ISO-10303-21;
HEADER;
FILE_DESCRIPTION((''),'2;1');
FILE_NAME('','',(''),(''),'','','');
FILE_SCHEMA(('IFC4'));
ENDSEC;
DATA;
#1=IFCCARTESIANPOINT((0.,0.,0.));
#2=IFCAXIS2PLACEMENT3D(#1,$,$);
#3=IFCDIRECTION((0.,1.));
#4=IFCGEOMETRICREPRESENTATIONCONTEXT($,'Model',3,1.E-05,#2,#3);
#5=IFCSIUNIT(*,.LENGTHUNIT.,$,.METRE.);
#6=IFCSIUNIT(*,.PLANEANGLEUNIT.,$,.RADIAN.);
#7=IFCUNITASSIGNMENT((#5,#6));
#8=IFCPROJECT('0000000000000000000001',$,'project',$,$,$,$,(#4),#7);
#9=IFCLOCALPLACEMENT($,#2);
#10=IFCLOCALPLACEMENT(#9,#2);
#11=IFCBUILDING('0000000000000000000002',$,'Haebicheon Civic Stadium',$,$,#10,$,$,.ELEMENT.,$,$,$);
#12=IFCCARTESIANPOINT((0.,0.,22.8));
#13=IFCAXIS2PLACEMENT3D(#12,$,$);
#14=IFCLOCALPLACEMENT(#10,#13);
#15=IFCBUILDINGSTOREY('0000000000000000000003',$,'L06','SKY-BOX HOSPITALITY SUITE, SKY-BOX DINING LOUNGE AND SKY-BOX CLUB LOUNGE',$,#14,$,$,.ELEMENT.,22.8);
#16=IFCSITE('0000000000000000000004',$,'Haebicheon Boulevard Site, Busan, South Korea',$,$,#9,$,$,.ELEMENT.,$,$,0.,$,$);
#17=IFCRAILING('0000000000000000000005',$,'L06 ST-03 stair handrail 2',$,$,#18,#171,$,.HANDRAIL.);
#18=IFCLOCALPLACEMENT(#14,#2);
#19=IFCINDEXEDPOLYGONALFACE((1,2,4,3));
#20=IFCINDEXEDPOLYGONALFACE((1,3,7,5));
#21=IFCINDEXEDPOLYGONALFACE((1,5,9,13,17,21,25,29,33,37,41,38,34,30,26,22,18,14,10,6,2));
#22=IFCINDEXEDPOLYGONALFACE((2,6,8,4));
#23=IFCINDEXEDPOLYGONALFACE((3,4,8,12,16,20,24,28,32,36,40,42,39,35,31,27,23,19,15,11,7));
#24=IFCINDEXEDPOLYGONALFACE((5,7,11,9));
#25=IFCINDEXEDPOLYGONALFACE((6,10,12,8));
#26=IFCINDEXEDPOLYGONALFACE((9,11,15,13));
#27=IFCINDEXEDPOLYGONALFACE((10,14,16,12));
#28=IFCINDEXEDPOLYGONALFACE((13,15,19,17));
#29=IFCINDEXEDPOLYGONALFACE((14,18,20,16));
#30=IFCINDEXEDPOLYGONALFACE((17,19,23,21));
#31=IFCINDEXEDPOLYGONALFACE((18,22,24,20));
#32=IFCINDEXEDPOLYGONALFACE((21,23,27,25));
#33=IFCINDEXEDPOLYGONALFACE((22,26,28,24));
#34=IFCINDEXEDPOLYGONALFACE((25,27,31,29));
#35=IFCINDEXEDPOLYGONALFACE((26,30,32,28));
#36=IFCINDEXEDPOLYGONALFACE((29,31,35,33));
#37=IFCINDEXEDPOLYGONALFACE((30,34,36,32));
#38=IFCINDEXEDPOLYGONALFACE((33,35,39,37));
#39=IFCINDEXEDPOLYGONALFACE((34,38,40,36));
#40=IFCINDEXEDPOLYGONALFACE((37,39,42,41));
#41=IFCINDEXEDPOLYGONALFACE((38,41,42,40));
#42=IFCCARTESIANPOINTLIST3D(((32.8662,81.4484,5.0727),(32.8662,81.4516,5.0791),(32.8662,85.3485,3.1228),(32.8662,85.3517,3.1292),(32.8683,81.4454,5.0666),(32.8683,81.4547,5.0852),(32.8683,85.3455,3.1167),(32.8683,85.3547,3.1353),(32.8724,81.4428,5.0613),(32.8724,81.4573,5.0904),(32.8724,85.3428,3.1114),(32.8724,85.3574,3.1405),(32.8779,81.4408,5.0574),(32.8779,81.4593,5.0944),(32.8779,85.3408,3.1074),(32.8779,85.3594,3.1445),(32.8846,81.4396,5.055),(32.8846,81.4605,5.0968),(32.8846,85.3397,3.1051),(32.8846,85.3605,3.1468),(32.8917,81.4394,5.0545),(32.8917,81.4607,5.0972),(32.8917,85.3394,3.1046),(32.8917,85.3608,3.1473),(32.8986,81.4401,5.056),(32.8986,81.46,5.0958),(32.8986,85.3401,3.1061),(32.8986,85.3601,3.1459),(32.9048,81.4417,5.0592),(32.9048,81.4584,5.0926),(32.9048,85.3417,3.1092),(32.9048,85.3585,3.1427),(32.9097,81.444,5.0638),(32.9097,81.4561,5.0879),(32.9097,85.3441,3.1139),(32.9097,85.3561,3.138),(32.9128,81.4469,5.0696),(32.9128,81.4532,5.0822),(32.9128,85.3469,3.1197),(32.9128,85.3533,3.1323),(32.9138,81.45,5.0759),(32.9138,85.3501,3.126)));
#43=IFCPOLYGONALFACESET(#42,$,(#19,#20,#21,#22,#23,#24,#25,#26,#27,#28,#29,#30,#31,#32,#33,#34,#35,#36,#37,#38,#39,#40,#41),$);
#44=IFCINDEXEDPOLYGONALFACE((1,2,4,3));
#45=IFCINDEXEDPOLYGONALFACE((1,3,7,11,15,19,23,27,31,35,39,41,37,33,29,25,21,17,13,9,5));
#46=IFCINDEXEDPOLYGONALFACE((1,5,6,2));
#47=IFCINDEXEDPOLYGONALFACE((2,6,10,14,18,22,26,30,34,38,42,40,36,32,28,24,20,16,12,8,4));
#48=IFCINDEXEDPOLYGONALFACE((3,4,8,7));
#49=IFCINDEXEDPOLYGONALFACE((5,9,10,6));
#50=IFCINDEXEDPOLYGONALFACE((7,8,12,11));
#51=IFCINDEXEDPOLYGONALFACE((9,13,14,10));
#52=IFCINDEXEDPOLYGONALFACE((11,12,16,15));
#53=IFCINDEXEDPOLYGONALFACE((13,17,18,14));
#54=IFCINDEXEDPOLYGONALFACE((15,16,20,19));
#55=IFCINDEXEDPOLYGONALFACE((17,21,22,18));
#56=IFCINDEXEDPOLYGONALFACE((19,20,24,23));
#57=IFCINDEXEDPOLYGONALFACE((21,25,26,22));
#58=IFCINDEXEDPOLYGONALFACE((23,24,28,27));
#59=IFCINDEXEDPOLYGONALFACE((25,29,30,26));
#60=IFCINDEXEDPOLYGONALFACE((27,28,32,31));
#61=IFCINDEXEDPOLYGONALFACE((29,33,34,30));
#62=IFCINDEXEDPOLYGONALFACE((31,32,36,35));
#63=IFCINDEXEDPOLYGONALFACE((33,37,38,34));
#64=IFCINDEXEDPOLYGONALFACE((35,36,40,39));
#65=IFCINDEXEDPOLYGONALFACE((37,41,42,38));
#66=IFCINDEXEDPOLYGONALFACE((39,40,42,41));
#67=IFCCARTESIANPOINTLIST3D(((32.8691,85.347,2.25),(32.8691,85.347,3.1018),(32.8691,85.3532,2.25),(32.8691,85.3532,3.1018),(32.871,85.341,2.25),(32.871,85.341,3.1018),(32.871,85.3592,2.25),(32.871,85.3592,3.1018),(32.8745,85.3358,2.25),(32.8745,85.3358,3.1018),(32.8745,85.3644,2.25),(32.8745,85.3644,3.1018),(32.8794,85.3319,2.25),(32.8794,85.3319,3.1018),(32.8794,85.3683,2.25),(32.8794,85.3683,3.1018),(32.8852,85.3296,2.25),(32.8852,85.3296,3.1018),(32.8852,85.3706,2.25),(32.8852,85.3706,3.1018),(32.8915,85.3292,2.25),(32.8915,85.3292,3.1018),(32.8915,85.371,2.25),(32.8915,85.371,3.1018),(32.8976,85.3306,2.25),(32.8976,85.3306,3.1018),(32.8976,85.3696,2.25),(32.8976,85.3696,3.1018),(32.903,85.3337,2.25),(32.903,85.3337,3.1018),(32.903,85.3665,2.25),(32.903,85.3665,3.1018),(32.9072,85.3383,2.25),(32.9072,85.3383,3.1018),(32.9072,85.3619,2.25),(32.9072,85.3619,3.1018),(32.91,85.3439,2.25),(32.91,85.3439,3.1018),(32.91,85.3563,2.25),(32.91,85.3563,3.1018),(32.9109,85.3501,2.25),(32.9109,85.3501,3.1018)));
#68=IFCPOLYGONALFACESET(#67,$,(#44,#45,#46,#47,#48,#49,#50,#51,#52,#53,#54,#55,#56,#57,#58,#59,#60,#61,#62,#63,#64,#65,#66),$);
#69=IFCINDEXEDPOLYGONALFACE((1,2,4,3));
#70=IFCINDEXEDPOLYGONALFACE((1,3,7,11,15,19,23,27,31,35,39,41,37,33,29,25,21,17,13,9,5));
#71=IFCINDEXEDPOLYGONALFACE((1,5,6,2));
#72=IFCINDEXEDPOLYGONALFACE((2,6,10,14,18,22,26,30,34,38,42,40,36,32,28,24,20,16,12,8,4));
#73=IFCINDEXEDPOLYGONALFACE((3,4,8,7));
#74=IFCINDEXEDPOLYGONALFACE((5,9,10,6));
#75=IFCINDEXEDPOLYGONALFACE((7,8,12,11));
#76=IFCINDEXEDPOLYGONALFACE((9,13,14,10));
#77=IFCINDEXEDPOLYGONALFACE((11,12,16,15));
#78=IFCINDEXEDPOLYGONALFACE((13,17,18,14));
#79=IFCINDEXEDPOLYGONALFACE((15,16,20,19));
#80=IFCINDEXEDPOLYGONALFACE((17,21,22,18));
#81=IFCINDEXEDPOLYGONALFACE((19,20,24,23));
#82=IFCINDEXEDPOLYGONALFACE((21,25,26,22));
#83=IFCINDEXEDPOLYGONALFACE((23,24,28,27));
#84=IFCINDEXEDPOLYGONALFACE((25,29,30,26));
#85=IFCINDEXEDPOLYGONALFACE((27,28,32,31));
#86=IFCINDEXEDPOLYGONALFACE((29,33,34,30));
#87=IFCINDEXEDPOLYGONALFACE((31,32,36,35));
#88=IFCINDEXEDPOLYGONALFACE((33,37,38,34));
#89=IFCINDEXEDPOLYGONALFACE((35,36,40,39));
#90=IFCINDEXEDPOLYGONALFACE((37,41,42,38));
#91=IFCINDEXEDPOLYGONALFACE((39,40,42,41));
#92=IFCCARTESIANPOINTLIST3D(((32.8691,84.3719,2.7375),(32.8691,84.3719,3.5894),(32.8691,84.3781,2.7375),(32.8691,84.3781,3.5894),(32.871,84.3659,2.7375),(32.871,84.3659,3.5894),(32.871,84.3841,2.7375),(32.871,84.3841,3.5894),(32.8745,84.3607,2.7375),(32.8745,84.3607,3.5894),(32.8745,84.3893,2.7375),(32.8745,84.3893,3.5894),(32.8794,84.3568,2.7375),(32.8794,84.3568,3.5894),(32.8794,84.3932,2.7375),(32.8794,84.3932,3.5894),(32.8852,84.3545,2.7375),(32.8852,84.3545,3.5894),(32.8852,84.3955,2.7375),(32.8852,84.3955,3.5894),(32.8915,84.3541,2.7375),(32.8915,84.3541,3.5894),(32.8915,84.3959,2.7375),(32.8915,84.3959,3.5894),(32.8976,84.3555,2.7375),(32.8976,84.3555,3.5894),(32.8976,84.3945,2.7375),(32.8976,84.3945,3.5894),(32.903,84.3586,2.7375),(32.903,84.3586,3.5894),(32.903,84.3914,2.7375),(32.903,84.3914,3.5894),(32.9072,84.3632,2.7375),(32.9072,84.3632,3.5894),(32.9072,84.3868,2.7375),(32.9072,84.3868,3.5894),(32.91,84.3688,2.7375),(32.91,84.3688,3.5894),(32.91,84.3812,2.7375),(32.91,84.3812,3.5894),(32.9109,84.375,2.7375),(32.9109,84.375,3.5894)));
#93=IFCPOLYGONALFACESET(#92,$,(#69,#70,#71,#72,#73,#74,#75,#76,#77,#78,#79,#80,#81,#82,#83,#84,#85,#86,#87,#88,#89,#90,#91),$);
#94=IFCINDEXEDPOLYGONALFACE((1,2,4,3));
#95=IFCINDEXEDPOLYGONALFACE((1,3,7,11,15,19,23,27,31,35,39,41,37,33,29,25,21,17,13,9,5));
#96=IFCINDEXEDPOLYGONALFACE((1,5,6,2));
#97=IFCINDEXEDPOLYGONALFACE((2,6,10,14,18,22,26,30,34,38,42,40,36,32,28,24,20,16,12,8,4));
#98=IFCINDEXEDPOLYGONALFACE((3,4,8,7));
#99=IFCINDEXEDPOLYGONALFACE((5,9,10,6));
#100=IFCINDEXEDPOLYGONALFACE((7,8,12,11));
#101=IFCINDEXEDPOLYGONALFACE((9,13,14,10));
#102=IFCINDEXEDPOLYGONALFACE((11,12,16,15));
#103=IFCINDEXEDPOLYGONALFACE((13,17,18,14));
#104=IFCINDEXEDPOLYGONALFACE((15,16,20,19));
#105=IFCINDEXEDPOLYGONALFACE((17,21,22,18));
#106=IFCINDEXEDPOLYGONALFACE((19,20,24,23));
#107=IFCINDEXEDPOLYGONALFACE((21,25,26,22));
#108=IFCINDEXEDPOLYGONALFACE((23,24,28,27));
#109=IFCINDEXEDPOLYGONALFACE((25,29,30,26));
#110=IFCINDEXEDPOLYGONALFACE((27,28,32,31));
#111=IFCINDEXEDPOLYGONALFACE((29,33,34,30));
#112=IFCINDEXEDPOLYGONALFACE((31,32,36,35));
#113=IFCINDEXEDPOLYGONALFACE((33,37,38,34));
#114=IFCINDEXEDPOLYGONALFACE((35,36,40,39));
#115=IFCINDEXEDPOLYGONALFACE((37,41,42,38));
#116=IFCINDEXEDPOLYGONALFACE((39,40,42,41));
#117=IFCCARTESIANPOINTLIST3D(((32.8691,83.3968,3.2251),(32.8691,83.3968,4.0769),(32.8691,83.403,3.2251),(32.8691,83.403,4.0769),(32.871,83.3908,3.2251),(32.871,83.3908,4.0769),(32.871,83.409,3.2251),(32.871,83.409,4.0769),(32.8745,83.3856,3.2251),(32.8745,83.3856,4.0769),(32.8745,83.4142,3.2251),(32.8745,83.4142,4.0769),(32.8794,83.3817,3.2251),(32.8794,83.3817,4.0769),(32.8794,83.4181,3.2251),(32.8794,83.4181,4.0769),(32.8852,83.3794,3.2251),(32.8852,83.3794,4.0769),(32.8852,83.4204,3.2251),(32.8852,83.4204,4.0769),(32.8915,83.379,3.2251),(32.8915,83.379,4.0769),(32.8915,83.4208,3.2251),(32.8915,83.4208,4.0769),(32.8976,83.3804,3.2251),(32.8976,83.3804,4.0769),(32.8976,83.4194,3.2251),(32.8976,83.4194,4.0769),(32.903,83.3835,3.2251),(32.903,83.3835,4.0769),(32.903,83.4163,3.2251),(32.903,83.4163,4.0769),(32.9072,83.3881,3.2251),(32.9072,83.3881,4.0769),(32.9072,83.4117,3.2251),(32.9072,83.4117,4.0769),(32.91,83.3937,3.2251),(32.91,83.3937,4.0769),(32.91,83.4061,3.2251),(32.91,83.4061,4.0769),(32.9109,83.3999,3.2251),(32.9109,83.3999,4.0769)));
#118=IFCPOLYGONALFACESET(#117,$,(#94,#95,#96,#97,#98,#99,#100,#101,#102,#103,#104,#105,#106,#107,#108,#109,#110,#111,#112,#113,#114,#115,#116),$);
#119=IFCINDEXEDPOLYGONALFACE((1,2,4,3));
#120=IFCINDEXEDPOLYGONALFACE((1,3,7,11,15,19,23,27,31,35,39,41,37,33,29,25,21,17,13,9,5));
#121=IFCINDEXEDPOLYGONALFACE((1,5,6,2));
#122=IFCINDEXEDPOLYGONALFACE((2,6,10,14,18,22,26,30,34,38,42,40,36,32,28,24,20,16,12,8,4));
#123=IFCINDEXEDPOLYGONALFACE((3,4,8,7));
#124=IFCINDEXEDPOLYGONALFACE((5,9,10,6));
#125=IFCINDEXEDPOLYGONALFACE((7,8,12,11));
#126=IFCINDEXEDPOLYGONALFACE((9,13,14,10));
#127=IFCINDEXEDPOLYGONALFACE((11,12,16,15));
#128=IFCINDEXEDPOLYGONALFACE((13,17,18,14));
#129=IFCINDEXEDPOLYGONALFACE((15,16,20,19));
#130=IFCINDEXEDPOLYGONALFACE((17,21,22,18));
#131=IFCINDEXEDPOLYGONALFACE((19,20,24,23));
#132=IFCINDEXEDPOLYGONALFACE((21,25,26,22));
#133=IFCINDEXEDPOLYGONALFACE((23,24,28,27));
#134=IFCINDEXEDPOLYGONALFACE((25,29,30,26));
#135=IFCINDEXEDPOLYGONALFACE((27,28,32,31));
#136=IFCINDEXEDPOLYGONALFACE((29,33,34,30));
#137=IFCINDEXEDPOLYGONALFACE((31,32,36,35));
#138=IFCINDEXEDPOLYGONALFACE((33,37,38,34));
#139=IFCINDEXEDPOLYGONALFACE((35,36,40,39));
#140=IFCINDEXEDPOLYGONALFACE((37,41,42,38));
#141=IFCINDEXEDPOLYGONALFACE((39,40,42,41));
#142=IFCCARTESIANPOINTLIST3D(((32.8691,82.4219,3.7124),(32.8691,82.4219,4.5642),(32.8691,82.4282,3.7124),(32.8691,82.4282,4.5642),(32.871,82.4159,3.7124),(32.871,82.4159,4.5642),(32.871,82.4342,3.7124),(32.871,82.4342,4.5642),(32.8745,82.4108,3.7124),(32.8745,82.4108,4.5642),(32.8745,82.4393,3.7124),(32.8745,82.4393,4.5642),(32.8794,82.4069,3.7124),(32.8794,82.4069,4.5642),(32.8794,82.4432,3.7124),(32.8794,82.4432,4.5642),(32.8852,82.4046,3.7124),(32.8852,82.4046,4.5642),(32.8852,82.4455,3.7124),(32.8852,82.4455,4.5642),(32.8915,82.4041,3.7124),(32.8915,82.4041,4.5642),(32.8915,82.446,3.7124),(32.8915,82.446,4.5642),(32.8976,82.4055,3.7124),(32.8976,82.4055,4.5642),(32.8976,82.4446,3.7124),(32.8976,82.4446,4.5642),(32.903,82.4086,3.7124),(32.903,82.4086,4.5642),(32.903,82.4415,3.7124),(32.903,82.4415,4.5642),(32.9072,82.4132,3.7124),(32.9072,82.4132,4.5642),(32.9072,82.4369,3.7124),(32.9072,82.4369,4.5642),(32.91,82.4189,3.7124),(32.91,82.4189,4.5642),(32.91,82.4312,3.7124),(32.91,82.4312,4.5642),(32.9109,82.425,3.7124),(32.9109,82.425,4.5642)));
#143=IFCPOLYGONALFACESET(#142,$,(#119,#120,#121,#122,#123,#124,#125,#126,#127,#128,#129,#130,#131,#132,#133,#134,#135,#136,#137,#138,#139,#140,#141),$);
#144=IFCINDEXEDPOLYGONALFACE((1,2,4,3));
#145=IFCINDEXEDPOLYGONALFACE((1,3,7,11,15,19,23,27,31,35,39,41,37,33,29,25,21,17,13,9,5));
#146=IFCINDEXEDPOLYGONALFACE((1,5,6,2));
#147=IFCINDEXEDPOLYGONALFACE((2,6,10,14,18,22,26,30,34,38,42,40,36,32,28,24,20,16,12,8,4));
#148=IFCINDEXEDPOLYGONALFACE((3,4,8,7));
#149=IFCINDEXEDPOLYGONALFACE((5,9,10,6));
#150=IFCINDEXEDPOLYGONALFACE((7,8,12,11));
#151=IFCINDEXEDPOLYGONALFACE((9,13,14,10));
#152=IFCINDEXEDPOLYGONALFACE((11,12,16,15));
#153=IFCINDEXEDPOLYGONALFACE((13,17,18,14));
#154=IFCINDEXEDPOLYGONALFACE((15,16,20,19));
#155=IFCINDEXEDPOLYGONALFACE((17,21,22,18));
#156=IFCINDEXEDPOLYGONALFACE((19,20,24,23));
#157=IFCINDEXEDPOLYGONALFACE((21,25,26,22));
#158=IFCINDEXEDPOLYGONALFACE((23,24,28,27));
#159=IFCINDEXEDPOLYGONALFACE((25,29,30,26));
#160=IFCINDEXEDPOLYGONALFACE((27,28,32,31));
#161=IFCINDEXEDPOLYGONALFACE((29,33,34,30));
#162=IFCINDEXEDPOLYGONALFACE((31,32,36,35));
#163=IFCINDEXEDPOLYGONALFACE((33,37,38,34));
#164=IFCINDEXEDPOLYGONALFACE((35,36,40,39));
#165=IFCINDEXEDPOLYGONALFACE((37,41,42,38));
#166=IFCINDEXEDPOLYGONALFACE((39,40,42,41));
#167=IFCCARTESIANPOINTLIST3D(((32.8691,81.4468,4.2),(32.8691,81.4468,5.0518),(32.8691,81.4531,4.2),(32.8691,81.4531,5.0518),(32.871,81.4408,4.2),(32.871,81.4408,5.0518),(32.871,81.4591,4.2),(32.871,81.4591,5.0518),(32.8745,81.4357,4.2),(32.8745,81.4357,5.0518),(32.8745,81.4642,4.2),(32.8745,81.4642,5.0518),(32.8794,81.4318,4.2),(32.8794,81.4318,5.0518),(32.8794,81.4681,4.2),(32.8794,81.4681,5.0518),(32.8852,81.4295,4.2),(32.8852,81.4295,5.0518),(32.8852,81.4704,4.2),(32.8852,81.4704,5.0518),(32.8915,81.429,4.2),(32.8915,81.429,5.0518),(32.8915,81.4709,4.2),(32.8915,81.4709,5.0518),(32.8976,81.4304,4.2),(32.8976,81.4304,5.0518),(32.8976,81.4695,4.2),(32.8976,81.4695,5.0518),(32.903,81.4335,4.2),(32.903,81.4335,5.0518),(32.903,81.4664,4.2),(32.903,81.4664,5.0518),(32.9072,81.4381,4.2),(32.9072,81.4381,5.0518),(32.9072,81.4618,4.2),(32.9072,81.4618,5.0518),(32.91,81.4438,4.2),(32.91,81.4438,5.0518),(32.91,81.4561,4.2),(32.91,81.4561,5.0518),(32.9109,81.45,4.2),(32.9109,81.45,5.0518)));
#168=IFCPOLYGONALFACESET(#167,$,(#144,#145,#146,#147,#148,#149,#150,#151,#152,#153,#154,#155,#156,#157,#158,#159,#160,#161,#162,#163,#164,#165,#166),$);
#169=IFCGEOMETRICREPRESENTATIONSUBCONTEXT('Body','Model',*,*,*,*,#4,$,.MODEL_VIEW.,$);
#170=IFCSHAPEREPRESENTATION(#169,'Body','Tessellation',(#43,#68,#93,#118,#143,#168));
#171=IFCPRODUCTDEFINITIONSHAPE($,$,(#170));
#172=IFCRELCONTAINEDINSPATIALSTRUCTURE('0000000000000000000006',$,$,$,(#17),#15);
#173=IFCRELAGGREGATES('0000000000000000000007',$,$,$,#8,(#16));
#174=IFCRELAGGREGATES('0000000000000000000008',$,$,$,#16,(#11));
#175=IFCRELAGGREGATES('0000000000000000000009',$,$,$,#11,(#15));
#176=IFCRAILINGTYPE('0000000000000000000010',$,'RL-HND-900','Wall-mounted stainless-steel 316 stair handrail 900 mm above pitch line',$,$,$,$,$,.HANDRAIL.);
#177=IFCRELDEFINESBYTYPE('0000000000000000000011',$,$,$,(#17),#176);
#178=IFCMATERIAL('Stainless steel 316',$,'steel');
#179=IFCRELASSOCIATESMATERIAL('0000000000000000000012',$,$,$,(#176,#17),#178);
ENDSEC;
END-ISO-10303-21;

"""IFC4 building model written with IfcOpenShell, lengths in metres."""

from ifc_helpers import new_model, si_unit, direction, frame, origin, origin_2d, place, context, subcontext, project, spatial, circle, extrude, material, type_object, element, save


model = new_model("IFC4")

# Units and contexts
model_context = context("Model", 3, precision=1e-05, world=origin(), true_north=direction((0.0, 1.0)))
body_context = subcontext(model_context, "Body", "Model", "MODEL_VIEW")
ifc_project = project(units=[si_unit("LENGTHUNIT", "METRE"), si_unit("PLANEANGLEUNIT", "RADIAN")], contexts=[model_context])

# Site, building, storey
site_placement = place(None, origin())
site = spatial("IfcSite", under=ifc_project, at=site_placement, Name="Haebicheon Boulevard Site, Busan, South Korea", CompositionType="ELEMENT", RefElevation=0.0)
building_placement = place(site_placement, origin())
building = spatial("IfcBuilding", under=site, at=building_placement, Name="Haebicheon Civic Stadium", CompositionType="ELEMENT")
storey_placement = place(building_placement, frame((0.0, 0.0, 22.8)))
storey = spatial("IfcBuildingStorey", under=building, at=storey_placement, Name="L06", Description="SKY-BOX HOSPITALITY SUITE, SKY-BOX DINING LOUNGE AND SKY-BOX CLUB LOUNGE", CompositionType="ELEMENT", Elevation=22.8)

# Railing
ifc_material_1 = material(Name="Stainless steel 316", Category="steel")
railing_type_1 = type_object("IfcRailingType", Name="RL-HND-900", Description="Wall-mounted stainless-steel 316 stair handrail 900 mm above pitch line", PredefinedType="HANDRAIL", material=ifc_material_1)
railing_1_placement = place(storey_placement, frame((32.8899, 85.3501, 2.25)))
element("IfcRailing", 1, at=railing_1_placement, inside=storey, type_object=railing_type_1, material=ifc_material_1, Name="L06 ST-03 stair handrail 2", PredefinedType="HANDRAIL", context=body_context, shape_type="SweptSolid", body=[
    extrude(circle(Radius=0.0239, at=origin_2d()), frame((0.0, 0.0, 0.876), z_axis=(0.0, -0.894438, 0.447191), x_axis=(1.0, 0.0, 0.0)), (0.0, 0.0, 1.0), 4.3604),
    extrude(circle(Radius=0.021, at=origin_2d()), origin(), (0.0, 0.0, 1.0), 0.8518),
    extrude(circle(Radius=0.021, at=origin_2d()), frame((0.0, -0.9751, 0.4875)), (0.0, 0.0, 1.0), 0.8518),
    extrude(circle(Radius=0.021, at=origin_2d()), frame((0.0, -1.9502, 0.9751)), (0.0, 0.0, 1.0), 0.8518),
    extrude(circle(Radius=0.021, at=origin_2d()), frame((0.0, -2.925, 1.4624)), (0.0, 0.0, 1.0), 0.8518),
    extrude(circle(Radius=0.021, at=origin_2d()), frame((0.0, -3.9001, 1.95)), (0.0, 0.0, 1.0), 0.8518),
])

save(model, "model.ifc")
